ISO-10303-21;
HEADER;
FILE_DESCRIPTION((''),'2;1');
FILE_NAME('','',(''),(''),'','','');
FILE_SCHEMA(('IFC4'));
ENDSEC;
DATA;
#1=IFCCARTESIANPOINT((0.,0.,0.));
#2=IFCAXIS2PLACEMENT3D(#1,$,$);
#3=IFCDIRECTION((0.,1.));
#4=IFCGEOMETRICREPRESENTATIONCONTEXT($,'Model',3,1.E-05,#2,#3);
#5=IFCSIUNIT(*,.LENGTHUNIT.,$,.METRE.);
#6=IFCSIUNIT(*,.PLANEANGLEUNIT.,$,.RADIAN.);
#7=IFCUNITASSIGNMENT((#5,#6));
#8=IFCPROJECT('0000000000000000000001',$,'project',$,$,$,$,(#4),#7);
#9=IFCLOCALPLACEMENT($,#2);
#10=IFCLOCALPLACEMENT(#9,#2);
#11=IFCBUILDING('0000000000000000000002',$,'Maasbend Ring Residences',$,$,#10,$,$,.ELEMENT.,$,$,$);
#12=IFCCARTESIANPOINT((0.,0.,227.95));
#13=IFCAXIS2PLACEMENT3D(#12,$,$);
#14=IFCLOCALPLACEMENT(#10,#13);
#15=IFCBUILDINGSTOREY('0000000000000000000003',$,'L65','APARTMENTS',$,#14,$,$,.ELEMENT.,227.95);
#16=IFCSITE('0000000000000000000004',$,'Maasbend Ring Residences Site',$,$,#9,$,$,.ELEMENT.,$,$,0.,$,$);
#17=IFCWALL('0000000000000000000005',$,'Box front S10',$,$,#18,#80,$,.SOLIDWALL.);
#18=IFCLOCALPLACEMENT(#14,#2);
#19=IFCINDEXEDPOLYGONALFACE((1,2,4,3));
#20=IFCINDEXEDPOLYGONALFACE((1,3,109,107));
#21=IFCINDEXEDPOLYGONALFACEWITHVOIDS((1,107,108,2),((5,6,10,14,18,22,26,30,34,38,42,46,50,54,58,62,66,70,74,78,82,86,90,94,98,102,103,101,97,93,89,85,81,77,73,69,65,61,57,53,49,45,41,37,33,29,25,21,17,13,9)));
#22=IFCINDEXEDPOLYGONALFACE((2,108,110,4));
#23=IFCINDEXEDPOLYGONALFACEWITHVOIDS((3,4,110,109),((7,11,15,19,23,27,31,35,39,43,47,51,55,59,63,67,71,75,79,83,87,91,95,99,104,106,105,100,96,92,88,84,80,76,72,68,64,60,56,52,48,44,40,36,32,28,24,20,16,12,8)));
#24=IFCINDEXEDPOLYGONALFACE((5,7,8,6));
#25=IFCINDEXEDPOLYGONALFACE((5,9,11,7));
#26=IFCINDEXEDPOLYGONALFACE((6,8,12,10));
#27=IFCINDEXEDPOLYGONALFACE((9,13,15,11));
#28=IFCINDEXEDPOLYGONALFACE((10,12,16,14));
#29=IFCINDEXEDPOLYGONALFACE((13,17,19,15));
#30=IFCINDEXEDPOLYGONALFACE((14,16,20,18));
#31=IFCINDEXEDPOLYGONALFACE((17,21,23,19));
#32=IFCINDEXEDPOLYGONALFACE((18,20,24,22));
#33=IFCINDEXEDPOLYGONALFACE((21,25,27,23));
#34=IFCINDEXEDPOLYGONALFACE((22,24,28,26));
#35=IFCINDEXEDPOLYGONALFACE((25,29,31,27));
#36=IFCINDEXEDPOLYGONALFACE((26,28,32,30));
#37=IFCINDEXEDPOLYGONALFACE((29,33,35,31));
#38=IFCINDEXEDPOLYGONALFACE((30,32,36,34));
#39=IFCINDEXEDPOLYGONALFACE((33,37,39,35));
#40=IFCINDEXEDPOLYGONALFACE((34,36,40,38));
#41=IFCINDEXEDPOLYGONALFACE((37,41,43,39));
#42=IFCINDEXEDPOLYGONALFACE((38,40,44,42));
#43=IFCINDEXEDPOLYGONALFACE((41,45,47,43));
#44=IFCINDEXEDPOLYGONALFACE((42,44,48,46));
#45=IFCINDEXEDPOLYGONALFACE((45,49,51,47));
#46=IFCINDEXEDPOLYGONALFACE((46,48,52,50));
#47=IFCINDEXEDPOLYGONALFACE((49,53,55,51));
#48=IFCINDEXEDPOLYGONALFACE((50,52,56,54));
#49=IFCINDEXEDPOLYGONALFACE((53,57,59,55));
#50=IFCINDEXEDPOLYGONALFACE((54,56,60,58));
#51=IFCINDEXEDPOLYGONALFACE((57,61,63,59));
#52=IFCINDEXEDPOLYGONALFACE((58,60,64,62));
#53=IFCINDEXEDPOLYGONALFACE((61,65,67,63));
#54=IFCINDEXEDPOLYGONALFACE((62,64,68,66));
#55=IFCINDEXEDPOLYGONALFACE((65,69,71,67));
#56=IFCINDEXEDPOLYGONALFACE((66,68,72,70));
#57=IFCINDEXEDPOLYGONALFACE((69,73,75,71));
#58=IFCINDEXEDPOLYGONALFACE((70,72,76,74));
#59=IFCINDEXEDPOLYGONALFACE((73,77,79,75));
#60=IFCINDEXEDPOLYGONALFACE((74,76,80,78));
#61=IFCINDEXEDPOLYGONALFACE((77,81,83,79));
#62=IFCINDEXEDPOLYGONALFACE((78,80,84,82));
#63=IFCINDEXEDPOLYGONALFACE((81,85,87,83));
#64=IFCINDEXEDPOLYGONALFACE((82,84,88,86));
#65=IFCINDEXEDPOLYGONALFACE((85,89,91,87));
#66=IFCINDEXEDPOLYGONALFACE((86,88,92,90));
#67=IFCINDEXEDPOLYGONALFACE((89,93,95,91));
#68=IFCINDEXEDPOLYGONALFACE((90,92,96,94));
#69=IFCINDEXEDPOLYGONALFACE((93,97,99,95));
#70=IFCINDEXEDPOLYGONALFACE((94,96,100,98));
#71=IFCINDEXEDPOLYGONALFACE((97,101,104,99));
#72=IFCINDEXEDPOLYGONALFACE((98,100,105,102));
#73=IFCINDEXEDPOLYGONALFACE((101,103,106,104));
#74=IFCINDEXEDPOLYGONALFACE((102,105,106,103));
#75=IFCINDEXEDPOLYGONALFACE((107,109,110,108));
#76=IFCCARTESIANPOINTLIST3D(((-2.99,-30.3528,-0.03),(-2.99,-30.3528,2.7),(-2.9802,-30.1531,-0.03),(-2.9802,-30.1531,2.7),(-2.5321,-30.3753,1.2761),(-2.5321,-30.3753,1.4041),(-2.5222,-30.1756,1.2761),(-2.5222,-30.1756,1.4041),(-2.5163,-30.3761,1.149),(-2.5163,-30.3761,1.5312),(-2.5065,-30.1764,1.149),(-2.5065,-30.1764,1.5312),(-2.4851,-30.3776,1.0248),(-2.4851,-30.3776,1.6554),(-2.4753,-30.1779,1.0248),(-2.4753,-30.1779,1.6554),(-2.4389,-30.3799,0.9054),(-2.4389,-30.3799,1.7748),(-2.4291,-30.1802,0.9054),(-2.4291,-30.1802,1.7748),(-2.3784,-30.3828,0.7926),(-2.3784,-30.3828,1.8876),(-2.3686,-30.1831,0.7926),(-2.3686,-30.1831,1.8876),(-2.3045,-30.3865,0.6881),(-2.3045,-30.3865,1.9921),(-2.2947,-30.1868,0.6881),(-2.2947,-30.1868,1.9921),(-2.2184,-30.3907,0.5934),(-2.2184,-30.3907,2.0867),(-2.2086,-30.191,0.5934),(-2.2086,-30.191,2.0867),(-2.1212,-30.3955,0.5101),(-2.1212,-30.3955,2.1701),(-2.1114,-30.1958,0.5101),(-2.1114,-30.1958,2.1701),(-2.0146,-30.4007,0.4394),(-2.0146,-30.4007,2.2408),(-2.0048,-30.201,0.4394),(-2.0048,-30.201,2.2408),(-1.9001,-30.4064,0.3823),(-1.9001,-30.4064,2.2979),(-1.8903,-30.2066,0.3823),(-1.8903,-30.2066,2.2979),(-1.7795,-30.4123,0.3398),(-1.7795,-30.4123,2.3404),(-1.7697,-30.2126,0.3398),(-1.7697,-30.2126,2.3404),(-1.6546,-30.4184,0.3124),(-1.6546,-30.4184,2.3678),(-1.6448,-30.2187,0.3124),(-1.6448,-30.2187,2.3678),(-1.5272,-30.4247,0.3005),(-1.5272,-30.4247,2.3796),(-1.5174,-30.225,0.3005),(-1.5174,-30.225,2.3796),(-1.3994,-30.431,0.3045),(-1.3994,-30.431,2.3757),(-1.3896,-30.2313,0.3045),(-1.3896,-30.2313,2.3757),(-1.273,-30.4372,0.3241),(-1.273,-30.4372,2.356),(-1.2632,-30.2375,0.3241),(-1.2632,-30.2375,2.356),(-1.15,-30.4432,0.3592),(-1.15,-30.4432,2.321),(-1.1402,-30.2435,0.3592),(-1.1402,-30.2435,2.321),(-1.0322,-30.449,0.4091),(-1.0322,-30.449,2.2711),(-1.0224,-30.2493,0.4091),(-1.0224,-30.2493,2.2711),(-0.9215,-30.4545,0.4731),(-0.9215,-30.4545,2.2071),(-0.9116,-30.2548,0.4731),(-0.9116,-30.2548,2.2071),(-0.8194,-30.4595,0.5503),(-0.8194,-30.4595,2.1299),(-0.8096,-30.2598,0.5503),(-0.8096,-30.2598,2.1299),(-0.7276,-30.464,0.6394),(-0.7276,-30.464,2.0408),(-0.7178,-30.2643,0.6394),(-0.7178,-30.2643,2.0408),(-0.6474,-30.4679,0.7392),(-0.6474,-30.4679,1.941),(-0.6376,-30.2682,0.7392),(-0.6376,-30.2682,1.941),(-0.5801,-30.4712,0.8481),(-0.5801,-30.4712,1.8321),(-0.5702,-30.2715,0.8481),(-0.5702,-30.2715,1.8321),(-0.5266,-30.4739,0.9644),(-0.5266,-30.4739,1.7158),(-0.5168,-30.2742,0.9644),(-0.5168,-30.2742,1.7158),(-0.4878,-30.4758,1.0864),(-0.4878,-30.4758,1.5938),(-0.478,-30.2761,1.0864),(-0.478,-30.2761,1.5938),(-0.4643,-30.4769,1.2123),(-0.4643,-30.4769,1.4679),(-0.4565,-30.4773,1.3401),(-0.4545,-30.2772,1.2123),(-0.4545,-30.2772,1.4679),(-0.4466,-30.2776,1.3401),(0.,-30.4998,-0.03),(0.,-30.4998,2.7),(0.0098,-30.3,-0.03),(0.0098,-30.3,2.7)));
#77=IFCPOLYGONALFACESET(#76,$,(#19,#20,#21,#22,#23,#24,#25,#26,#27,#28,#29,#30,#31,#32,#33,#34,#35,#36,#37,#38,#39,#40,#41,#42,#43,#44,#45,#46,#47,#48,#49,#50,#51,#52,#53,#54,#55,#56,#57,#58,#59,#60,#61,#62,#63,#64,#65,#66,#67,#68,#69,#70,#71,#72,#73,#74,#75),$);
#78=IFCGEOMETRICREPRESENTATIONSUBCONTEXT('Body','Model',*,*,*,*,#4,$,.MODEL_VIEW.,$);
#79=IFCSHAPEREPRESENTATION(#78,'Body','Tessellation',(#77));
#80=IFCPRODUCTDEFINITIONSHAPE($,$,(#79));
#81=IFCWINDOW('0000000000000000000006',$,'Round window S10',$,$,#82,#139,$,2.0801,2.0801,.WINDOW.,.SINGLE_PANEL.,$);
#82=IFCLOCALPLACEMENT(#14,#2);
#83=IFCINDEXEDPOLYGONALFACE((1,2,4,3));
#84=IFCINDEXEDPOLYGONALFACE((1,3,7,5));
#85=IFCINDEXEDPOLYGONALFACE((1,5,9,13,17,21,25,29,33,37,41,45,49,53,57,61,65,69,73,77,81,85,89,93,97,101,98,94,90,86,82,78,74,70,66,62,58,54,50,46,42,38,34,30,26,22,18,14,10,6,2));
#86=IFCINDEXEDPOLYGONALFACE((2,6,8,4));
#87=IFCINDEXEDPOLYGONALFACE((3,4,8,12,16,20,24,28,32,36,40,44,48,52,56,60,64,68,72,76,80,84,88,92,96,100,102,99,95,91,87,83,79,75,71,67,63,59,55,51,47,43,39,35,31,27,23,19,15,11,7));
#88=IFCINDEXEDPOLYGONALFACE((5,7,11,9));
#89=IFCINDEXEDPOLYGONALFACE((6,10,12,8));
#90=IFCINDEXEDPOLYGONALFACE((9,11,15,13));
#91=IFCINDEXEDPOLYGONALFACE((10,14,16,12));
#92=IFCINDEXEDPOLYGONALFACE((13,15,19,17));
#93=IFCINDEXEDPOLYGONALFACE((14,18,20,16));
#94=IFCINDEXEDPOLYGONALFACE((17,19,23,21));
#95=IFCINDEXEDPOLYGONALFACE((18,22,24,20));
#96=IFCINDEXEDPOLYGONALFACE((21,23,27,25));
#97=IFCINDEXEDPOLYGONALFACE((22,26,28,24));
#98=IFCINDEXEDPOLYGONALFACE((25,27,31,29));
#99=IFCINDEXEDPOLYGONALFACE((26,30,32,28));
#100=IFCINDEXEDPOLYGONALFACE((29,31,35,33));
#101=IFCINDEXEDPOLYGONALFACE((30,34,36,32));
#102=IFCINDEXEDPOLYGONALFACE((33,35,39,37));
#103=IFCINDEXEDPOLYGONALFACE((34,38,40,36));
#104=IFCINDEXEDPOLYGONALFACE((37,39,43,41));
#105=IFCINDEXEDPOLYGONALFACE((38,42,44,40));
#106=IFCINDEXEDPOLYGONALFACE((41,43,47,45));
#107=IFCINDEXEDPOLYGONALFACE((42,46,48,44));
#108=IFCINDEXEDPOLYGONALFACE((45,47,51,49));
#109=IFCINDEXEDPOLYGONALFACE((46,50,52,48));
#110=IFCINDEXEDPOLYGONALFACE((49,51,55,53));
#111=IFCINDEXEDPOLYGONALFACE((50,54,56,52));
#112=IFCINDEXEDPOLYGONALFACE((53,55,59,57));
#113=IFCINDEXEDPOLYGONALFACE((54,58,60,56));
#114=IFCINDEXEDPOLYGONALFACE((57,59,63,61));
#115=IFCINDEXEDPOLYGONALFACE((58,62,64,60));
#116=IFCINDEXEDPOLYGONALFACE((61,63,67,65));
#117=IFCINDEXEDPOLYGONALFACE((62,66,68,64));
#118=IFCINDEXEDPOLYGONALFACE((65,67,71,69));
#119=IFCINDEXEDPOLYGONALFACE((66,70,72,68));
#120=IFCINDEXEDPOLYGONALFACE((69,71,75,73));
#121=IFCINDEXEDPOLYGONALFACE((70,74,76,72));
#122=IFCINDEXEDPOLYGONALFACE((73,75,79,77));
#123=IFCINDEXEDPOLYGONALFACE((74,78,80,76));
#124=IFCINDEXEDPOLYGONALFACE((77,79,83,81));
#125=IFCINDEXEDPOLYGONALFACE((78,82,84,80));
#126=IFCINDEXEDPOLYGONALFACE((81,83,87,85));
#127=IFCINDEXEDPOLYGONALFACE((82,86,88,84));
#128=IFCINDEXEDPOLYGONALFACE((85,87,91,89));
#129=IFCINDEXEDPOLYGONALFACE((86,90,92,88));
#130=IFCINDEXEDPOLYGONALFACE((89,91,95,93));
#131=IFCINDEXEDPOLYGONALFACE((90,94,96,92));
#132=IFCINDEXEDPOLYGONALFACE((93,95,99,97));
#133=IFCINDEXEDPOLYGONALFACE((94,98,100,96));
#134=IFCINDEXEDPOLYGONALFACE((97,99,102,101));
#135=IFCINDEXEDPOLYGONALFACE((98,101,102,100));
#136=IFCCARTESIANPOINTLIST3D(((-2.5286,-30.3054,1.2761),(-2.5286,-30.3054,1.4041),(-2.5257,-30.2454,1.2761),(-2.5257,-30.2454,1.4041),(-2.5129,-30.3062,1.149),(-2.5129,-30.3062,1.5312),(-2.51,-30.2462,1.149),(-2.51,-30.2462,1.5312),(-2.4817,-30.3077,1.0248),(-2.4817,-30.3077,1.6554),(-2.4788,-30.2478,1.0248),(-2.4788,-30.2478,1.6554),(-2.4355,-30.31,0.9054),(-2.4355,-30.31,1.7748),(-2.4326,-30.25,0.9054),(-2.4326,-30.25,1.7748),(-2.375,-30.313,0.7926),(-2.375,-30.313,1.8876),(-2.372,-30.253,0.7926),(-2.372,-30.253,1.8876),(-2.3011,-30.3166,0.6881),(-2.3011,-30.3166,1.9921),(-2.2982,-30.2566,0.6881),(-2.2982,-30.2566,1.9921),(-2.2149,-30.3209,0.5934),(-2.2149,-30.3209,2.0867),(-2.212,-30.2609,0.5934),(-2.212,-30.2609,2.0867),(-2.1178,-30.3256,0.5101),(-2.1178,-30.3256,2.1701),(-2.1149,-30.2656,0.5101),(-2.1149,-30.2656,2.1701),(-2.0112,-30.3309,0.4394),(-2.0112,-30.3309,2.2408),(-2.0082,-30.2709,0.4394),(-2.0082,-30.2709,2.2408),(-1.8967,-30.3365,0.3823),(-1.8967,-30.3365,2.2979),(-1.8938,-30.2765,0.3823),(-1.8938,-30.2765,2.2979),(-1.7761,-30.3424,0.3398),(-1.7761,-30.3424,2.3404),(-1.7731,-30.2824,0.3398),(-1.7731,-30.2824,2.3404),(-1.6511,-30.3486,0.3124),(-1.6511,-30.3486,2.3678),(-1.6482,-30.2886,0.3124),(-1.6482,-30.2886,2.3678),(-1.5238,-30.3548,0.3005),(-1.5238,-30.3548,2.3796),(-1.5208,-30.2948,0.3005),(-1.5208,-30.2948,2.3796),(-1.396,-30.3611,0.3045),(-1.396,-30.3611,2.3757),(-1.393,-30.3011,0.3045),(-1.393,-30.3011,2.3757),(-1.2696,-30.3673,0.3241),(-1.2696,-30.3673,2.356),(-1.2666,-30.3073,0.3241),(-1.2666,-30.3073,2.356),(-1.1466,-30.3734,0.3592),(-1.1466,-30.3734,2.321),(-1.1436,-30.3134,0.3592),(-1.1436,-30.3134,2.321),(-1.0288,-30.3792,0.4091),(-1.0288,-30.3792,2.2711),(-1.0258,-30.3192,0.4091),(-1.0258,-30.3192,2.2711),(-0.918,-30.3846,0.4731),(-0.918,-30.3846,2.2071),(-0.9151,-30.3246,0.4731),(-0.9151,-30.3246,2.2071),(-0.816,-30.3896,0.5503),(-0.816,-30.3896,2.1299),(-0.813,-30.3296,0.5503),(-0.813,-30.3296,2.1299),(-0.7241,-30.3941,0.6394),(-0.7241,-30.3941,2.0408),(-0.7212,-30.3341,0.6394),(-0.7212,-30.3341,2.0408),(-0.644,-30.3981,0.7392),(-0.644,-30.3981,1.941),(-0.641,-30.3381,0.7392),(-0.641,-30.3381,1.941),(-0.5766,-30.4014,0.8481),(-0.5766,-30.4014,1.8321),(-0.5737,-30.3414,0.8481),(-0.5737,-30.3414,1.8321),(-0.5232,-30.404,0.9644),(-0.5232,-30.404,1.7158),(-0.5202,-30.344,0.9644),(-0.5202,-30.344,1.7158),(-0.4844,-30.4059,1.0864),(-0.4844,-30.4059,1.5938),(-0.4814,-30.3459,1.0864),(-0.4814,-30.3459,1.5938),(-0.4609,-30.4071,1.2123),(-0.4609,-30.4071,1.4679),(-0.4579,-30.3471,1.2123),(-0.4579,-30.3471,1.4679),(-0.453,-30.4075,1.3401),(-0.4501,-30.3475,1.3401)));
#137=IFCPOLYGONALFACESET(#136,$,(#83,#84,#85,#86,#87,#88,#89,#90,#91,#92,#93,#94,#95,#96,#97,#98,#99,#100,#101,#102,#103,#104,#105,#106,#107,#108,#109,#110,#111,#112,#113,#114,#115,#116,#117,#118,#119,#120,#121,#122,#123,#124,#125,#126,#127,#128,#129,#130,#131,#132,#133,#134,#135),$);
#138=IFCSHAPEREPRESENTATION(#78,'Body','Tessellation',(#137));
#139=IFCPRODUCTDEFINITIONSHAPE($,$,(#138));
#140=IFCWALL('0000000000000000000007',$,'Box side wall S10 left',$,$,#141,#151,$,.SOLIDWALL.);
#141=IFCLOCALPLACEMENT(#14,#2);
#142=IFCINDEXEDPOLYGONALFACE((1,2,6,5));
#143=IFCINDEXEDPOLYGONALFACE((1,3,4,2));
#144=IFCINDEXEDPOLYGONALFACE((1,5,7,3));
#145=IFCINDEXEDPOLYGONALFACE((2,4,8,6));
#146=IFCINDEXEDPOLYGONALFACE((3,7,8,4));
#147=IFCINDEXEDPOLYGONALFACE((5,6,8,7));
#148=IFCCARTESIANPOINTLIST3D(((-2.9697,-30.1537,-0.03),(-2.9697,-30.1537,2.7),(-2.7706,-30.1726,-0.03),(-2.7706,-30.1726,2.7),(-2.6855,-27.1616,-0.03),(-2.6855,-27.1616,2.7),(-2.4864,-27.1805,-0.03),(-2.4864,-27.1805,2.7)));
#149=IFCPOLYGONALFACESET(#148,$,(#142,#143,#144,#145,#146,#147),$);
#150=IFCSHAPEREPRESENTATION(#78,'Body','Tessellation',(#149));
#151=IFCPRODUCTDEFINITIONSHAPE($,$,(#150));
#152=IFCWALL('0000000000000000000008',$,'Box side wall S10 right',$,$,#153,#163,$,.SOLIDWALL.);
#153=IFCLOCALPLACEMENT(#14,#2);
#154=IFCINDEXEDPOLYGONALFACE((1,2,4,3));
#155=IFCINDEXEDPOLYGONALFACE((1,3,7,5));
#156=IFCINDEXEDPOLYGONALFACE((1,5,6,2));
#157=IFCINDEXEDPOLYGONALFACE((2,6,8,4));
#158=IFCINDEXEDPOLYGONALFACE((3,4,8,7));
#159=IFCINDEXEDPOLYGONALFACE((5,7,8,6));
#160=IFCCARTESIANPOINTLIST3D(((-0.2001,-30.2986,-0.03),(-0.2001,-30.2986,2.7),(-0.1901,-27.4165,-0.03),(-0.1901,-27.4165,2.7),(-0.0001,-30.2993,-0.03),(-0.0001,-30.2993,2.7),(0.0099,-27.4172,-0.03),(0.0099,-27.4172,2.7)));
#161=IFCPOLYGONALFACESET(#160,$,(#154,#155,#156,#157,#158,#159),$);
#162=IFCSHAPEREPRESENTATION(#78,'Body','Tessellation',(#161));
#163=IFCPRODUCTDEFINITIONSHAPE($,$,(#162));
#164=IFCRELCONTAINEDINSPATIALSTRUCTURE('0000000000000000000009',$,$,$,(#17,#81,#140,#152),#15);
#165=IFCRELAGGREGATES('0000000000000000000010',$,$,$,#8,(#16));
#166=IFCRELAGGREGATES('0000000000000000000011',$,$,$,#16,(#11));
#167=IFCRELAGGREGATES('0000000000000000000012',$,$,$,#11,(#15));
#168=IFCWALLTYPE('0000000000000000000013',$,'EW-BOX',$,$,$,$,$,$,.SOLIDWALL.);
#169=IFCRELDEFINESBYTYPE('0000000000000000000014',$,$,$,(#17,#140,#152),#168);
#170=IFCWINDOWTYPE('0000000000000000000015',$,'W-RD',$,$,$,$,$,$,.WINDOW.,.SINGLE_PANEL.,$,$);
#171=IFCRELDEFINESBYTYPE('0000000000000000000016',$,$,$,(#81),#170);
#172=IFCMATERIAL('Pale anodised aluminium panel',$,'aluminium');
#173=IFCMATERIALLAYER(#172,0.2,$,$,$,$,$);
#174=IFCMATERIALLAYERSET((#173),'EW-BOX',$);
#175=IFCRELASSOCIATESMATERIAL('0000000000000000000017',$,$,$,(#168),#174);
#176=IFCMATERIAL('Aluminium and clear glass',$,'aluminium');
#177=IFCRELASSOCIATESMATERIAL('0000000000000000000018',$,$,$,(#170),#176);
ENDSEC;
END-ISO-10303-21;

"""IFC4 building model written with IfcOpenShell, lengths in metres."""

from ifc_helpers import new_model, si_unit, direction, frame, frame_2d, origin, place, context, subcontext, project, spatial, rectangle, circle, extrude, material, layer, layer_set, type_object, element, fill, save


model = new_model("IFC4")

# Units and contexts
model_context = context("Model", 3, precision=1e-05, world=origin(), true_north=direction((0.0, 1.0)))
body_context = subcontext(model_context, "Body", "Model", "MODEL_VIEW")
ifc_project = project(units=[si_unit("LENGTHUNIT", "METRE"), si_unit("PLANEANGLEUNIT", "RADIAN")], contexts=[model_context])

# Site, building, storey
site_placement = place(None, origin())
site = spatial("IfcSite", under=ifc_project, at=site_placement, Name="Maasbend Ring Residences Site", CompositionType="ELEMENT", RefElevation=0.0)
building_placement = place(site_placement, origin())
building = spatial("IfcBuilding", under=site, at=building_placement, Name="Maasbend Ring Residences", CompositionType="ELEMENT")
storey_placement = place(building_placement, frame((0.0, 0.0, 227.95)))
storey = spatial("IfcBuildingStorey", under=building, at=storey_placement, Name="L65", Description="APARTMENTS", CompositionType="ELEMENT", Elevation=227.95)

# Shared definitions
ifc_material_1 = material(Name="Pale anodised aluminium panel", Category="aluminium")
ifc_layer_1 = layer(ifc_material_1, 0.2)
ifc_layer_set_1 = layer_set([ifc_layer_1], Name="EW-BOX")
wall_type_1 = type_object("IfcWallType", Name="EW-BOX", PredefinedType="SOLIDWALL", material=ifc_layer_set_1)
ifc_material_2 = material(Name="Aluminium and clear glass", Category="aluminium")
window_type_1 = type_object("IfcWindowType", Name="W-RD", PartitioningType="SINGLE_PANEL", PredefinedType="WINDOW", material=ifc_material_2)

# Wall, opening, window
wall_1_placement = place(storey_placement, frame((-2.9851, -30.2529, -0.03), z_axis=(0.0, 0.0, 1.0), x_axis=(0.998794, -0.049096, 0.0)))
wall_1 = element("IfcWall", 1, at=wall_1_placement, inside=storey, type_object=wall_type_1, Name="Box front S10", PredefinedType="SOLIDWALL", context=body_context, shape_type="SweptSolid", body=[
    extrude(rectangle(XDim=2.9937, YDim=0.2, at=frame_2d((1.4968, 0.0))), origin(), (0.0, 0.0, 1.0), 2.73),
])
opening_1_placement = place(wall_1_placement, frame((0.4565, 0.0, 0.3301)))
opening_1 = element("IfcOpeningElement", 2, at=opening_1_placement, cuts=wall_1, PredefinedType="OPENING", context=body_context, shape_type="SweptSolid", body=[
    extrude(circle(Radius=1.04, at=frame_2d((1.04, 1.04))), frame((0.0, 0.1099, 0.0), z_axis=(0.0, -1.0, 0.0), x_axis=(1.0, 0.0, 0.0)), (0.0, 0.0, 1.0), 0.22),
])
window_1_placement = place(opening_1_placement, origin())
window_1 = element("IfcWindow", 3, at=window_1_placement, inside=storey, type_object=window_type_1, Name="Round window S10", OverallHeight=2.0801, OverallWidth=2.0801, PartitioningType="SINGLE_PANEL", PredefinedType="WINDOW", context=body_context, shape_type="SweptSolid", body=[
    extrude(circle(Radius=1.04, at=frame_2d((1.04, 1.04))), frame((0.0, 0.03, 0.0), z_axis=(0.0, -1.0, 0.0), x_axis=(1.0, 0.0, 0.0)), (0.0, 0.0, 1.0), 0.0601),
])
fill(opening_1, window_1)

# Walls
wall_2_placement = place(storey_placement, frame((-2.5859, -27.1709, -0.03), z_axis=(0.0, 0.0, 1.0), x_axis=(-0.094548, -0.99552, 0.0)))
element("IfcWall", 4, at=wall_2_placement, inside=storey, type_object=wall_type_1, Name="Box side wall S10 left", PredefinedType="SOLIDWALL", context=body_context, shape_type="SweptSolid", body=[
    extrude(rectangle(XDim=3.0056, YDim=0.2, at=frame_2d((1.5029, 0.0))), origin(), (0.0, 0.0, 1.0), 2.73),
])
wall_3_placement = place(storey_placement, frame((-0.0901, -27.417, -0.03), z_axis=(0.0, 0.0, 1.0), x_axis=(-0.003473, -0.999994, 0.0)))
element("IfcWall", 5, at=wall_3_placement, inside=storey, type_object=wall_type_1, Name="Box side wall S10 right", PredefinedType="SOLIDWALL", context=body_context, shape_type="SweptSolid", body=[
    extrude(rectangle(XDim=2.8821, YDim=0.2, at=frame_2d((1.4409, 0.0))), origin(), (0.0, 0.0, 1.0), 2.73),
])

save(model, "model.ifc")
